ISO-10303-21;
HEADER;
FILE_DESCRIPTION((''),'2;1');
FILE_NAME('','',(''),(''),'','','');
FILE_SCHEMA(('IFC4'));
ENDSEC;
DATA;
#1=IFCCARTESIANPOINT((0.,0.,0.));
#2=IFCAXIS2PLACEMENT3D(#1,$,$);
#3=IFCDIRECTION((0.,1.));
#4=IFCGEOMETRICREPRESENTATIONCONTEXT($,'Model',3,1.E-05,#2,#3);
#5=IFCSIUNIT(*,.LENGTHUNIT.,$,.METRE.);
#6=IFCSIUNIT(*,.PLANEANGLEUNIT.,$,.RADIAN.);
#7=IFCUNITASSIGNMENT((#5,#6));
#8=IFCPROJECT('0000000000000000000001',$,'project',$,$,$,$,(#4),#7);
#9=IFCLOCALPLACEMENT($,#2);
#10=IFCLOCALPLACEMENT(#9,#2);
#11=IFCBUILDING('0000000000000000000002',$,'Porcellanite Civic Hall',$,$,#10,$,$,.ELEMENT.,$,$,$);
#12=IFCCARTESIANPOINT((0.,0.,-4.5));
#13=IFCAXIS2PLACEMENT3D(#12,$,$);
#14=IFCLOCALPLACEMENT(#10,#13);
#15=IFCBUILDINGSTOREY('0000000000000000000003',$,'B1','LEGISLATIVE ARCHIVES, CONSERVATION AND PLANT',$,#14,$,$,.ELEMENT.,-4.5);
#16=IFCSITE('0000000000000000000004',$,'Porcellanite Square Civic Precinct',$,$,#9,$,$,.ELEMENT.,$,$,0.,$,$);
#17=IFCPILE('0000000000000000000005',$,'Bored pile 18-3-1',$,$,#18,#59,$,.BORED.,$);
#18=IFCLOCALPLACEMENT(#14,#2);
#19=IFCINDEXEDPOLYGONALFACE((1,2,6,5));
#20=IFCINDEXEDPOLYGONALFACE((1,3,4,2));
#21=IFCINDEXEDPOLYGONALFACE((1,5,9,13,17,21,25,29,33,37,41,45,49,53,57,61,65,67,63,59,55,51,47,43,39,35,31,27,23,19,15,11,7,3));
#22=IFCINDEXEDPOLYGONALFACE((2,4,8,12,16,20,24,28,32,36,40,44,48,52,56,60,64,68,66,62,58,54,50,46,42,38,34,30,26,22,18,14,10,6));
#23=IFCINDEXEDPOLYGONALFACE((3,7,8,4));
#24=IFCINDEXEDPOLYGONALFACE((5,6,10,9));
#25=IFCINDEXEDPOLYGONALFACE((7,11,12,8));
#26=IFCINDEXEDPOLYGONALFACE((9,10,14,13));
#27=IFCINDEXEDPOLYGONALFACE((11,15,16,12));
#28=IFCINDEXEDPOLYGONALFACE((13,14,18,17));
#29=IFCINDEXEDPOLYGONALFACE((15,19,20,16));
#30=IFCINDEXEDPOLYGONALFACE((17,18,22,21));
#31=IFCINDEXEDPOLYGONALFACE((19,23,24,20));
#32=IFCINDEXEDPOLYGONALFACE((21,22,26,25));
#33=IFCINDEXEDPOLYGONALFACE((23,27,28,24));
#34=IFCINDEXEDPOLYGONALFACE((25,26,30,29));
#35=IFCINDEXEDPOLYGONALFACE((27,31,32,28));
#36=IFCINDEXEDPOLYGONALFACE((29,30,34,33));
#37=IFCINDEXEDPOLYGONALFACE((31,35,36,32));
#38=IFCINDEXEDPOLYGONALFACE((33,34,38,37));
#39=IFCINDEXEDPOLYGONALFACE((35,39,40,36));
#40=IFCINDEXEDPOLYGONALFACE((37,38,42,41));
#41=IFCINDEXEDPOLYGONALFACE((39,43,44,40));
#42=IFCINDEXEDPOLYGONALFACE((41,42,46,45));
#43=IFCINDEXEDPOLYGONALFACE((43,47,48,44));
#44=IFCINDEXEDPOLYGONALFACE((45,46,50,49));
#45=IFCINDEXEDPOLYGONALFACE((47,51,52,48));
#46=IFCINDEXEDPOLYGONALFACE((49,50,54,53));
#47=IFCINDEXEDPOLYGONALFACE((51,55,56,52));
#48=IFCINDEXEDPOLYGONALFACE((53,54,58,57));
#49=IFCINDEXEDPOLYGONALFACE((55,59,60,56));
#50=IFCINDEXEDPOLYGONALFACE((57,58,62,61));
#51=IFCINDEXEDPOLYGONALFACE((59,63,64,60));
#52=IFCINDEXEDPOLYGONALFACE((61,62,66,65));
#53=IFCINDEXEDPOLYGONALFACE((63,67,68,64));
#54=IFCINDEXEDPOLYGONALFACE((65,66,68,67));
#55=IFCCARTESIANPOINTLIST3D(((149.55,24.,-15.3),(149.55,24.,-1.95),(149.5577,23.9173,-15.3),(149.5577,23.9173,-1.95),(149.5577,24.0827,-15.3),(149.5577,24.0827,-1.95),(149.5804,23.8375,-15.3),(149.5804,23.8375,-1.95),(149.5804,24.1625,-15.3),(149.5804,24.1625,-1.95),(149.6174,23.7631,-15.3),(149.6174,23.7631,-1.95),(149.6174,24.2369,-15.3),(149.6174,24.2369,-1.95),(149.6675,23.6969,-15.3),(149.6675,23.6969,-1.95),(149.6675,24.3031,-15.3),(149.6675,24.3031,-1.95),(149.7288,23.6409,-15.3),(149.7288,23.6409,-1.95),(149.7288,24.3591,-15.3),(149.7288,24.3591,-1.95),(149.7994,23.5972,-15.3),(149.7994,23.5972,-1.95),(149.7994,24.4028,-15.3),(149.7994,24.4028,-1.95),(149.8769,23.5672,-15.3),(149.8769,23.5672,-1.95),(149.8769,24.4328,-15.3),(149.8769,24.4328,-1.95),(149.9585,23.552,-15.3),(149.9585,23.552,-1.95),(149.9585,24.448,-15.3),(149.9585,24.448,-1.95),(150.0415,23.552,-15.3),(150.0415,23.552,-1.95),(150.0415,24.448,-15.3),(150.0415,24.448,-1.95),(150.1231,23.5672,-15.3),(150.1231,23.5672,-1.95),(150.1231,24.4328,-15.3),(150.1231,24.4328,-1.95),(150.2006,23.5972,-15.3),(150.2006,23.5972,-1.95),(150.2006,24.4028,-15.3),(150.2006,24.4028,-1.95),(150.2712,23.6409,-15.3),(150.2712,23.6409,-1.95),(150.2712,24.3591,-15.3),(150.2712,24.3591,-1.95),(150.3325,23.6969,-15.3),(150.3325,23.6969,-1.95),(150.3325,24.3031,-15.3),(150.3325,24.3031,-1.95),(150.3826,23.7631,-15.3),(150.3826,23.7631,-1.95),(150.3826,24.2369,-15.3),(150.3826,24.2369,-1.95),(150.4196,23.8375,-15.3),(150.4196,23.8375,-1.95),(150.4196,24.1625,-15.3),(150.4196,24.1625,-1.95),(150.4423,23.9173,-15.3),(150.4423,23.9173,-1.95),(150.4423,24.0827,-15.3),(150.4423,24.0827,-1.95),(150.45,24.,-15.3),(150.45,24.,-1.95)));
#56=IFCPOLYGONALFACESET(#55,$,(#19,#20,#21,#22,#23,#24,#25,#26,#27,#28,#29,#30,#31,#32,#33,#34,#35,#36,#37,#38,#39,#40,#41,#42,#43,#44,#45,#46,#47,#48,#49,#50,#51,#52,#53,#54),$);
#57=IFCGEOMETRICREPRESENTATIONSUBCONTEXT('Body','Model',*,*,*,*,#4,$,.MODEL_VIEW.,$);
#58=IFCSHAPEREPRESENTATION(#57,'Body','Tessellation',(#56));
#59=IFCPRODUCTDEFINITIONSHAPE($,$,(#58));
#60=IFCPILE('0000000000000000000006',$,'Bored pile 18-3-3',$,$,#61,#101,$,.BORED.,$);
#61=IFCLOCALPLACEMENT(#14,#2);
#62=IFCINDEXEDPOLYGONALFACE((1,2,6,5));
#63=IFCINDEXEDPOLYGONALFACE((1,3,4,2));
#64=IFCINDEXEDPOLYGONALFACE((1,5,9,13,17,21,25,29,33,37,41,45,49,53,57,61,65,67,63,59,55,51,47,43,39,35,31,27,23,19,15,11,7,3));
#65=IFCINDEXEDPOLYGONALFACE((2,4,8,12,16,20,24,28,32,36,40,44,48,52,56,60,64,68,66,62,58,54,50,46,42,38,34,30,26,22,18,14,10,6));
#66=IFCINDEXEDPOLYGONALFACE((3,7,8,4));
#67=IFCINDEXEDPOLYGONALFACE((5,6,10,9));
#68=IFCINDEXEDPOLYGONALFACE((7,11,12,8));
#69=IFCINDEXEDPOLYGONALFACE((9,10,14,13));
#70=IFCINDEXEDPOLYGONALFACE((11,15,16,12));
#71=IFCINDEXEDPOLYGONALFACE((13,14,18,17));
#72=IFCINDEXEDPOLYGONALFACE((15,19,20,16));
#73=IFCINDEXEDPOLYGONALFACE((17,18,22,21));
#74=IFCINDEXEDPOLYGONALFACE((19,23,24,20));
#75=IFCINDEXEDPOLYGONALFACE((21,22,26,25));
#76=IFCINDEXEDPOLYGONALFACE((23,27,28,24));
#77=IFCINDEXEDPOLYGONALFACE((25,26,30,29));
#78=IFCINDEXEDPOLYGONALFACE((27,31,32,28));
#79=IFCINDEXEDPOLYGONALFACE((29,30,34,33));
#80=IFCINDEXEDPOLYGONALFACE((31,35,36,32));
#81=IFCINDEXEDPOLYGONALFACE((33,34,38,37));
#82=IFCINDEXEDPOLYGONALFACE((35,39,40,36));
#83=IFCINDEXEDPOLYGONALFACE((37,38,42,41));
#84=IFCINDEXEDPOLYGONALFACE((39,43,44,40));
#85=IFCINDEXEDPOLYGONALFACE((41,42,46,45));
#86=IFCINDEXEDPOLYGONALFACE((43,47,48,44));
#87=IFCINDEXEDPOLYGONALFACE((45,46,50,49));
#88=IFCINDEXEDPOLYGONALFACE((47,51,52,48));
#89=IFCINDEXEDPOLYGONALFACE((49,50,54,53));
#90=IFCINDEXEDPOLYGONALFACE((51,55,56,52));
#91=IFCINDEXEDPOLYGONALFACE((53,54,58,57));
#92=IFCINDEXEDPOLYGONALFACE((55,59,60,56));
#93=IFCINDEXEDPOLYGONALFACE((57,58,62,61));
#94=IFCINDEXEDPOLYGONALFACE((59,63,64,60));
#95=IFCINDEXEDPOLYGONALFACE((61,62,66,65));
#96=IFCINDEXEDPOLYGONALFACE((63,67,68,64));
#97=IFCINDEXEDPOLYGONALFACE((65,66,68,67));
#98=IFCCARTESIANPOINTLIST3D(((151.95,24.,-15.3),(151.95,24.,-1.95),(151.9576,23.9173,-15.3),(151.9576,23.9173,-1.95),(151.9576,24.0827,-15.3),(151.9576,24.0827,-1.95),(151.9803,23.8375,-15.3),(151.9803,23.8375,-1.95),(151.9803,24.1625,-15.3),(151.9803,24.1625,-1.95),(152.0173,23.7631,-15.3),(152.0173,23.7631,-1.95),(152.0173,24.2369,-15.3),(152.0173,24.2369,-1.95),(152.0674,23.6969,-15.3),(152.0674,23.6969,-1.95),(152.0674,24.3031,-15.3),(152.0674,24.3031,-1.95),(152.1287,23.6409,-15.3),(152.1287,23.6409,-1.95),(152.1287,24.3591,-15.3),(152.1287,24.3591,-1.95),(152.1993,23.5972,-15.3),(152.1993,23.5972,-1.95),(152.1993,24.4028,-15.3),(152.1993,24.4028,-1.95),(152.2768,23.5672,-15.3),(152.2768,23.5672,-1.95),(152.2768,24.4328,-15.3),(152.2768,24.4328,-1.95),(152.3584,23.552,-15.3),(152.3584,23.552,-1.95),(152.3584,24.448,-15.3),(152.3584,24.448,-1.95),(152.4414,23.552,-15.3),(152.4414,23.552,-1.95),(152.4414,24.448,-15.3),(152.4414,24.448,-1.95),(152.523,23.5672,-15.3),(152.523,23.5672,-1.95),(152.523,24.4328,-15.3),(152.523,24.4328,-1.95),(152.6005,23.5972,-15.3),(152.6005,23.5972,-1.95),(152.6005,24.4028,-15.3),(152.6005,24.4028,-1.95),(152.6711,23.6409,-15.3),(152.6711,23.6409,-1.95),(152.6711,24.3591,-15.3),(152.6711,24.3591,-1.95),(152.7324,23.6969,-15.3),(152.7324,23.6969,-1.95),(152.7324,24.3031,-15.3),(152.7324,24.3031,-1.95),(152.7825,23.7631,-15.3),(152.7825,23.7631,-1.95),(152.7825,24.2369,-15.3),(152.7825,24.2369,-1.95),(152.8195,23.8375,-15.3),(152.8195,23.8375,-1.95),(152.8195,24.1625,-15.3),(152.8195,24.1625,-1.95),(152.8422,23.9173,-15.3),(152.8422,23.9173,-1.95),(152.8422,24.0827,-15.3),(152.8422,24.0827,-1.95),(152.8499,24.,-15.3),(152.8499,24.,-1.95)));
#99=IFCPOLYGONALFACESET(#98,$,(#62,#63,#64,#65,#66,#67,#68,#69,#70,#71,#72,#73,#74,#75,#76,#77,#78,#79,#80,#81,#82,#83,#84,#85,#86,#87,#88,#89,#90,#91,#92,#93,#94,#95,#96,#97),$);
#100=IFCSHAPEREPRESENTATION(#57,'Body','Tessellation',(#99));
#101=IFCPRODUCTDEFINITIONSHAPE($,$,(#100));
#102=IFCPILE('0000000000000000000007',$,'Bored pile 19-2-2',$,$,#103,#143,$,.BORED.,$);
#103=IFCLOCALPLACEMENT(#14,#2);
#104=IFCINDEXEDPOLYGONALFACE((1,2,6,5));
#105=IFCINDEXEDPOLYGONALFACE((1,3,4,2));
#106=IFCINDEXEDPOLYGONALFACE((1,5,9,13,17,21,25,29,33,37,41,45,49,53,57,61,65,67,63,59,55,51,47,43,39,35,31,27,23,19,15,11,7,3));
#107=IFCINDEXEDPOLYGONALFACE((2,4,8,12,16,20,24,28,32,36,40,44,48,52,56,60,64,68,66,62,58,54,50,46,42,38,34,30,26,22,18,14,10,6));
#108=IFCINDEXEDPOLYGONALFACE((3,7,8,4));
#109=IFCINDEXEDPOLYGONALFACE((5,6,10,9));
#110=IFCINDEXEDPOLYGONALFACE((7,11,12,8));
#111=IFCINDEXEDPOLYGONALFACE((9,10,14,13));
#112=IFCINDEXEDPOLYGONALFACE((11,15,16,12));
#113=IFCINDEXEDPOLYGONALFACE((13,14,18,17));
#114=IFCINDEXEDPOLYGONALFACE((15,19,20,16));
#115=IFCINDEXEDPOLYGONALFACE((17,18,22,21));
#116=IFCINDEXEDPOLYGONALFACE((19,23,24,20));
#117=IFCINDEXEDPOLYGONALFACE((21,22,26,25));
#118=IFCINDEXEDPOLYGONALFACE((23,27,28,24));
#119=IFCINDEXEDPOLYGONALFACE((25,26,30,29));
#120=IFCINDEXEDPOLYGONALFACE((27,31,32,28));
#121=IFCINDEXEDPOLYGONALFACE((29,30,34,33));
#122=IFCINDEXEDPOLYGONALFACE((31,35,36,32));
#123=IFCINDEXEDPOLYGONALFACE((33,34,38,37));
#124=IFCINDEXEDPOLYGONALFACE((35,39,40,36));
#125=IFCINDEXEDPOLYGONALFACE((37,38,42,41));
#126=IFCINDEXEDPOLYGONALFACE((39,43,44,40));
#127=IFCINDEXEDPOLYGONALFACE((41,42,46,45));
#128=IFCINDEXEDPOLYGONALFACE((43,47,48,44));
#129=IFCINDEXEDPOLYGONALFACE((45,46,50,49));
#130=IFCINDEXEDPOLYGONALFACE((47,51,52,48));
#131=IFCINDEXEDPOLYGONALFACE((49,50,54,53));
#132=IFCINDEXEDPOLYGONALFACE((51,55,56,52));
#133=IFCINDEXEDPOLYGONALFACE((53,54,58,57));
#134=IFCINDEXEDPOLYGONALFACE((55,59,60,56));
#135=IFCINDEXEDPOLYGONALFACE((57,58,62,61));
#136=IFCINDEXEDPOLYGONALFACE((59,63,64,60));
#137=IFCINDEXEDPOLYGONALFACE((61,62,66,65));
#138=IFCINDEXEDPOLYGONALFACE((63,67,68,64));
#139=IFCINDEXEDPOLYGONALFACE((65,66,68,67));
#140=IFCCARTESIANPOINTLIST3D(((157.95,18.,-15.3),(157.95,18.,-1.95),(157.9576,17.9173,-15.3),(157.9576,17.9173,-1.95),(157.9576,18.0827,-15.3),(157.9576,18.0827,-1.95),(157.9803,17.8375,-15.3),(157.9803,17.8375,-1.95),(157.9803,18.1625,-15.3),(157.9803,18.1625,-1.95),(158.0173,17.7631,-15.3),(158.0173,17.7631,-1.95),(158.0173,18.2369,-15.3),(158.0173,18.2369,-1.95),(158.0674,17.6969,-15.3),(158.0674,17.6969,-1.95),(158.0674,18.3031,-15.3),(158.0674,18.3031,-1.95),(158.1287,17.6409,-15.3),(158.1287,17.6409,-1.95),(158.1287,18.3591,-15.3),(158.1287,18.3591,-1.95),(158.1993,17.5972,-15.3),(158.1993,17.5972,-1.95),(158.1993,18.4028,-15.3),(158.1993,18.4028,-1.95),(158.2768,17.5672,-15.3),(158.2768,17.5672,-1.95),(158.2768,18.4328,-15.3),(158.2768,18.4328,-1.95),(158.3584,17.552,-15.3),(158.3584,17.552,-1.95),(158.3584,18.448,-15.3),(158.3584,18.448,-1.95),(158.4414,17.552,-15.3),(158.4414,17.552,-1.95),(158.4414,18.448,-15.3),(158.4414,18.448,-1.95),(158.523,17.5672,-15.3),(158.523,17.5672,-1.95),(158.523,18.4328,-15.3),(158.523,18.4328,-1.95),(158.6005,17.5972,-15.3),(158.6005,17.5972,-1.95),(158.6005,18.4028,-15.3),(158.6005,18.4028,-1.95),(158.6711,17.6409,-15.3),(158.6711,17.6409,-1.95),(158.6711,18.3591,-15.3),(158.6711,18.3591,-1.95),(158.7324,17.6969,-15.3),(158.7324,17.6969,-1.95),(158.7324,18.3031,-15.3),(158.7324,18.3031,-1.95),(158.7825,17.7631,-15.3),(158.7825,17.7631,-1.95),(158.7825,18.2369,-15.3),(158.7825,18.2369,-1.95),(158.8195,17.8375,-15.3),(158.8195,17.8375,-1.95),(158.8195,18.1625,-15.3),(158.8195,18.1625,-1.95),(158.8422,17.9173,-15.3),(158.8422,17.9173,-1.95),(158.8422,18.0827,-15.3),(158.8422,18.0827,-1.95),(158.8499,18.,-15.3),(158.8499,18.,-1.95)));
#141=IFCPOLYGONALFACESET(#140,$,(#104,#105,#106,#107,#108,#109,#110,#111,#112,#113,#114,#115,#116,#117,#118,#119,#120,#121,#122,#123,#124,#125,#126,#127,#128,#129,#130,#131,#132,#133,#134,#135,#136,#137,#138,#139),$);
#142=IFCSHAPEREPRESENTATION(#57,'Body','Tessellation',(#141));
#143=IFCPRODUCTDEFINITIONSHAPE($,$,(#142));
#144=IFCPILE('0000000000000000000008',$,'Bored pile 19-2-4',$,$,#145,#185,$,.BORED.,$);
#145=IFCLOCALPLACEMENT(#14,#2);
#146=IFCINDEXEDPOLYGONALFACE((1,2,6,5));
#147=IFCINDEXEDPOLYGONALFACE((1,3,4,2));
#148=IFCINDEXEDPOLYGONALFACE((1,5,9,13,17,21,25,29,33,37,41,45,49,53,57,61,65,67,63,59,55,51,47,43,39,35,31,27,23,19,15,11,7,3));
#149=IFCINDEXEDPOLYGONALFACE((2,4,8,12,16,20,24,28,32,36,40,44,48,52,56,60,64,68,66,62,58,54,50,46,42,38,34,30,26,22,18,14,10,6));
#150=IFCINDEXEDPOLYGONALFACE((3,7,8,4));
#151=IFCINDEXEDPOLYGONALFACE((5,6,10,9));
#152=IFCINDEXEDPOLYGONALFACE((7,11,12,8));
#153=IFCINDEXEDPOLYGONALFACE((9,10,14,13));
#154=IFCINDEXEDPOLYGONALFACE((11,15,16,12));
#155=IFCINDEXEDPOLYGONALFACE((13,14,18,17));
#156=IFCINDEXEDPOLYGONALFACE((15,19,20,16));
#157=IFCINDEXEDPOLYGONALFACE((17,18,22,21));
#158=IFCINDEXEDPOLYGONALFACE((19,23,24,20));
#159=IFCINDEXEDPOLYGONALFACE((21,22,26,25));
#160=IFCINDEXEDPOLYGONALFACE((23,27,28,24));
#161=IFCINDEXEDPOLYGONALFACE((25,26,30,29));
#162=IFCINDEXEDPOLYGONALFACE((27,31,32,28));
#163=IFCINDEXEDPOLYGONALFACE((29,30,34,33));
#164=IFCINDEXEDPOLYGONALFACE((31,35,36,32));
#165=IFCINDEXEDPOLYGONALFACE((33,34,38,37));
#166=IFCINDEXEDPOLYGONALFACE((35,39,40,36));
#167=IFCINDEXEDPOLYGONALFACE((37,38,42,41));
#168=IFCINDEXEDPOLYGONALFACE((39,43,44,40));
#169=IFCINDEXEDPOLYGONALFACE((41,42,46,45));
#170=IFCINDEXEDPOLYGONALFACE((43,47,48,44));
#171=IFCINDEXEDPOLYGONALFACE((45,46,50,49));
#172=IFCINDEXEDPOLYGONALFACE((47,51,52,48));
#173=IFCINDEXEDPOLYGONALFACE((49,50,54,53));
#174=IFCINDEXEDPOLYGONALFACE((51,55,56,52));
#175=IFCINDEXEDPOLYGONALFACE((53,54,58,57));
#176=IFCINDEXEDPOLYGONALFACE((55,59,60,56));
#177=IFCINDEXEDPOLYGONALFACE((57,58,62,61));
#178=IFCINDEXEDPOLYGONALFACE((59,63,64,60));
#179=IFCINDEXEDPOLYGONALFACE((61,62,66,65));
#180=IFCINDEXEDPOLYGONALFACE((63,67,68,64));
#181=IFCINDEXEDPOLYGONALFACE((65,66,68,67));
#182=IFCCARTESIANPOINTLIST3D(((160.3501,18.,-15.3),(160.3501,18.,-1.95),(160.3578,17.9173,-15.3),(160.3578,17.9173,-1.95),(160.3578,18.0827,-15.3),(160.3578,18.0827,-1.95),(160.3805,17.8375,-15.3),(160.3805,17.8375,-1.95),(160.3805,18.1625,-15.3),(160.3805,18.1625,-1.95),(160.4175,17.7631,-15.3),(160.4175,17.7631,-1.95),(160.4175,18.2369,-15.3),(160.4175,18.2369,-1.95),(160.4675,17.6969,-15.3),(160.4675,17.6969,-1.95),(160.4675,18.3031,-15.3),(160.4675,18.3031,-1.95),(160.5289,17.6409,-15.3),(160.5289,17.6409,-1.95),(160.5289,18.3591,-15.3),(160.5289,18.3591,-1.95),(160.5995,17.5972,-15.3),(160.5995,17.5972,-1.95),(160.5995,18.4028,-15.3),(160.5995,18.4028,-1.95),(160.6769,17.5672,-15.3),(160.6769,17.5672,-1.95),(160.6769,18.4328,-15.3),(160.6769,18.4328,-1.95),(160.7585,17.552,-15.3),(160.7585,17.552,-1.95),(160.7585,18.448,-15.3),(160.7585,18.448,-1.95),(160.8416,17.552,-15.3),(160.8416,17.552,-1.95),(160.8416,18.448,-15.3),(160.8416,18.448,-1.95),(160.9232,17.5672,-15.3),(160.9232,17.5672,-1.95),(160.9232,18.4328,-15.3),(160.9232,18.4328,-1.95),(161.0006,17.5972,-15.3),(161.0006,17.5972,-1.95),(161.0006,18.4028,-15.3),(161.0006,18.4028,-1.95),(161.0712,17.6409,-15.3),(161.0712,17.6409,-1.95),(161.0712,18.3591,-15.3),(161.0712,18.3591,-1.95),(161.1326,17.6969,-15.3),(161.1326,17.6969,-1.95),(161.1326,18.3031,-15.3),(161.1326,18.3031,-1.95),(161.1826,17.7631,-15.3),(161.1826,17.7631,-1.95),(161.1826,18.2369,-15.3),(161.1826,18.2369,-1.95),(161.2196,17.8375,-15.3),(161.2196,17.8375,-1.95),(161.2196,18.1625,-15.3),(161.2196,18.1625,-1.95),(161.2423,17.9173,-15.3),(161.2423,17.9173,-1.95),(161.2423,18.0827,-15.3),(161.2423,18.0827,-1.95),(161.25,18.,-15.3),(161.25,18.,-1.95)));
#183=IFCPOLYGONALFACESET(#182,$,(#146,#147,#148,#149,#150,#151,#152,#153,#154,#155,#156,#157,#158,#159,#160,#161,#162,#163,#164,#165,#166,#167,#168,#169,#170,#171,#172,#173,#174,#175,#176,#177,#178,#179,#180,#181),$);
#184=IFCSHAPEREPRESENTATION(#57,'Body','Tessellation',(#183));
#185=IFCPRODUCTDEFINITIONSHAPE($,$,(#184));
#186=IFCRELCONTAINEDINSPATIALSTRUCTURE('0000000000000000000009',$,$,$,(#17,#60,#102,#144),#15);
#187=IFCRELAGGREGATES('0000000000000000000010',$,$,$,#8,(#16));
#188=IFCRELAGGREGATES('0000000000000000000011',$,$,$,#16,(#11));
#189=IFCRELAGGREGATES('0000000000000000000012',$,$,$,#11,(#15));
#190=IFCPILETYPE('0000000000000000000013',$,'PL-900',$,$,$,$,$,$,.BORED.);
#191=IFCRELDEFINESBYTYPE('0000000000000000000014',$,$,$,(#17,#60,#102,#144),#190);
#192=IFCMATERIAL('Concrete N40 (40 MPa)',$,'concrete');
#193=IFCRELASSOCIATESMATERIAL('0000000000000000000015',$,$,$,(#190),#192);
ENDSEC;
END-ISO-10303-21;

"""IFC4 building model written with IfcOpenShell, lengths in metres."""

from ifc_helpers import new_model, si_unit, direction, frame, origin, origin_2d, place, context, subcontext, project, spatial, circle, extrude, material, material_profile, profile_set, type_object, element, save


model = new_model("IFC4")

# Units and contexts
model_context = context("Model", 3, precision=1e-05, world=origin(), true_north=direction((0.0, 1.0)))
body_context = subcontext(model_context, "Body", "Model", "MODEL_VIEW")
ifc_project = project(units=[si_unit("LENGTHUNIT", "METRE"), si_unit("PLANEANGLEUNIT", "RADIAN")], contexts=[model_context])

# Site, building, storey
site_placement = place(None, origin())
site = spatial("IfcSite", under=ifc_project, at=site_placement, Name="Porcellanite Square Civic Precinct", CompositionType="ELEMENT", RefElevation=0.0)
building_placement = place(site_placement, origin())
building = spatial("IfcBuilding", under=site, at=building_placement, Name="Porcellanite Civic Hall", CompositionType="ELEMENT")
storey_placement = place(building_placement, frame((0.0, 0.0, -4.5)))
storey = spatial("IfcBuildingStorey", under=building, at=storey_placement, Name="B1", Description="LEGISLATIVE ARCHIVES, CONSERVATION AND PLANT", CompositionType="ELEMENT", Elevation=-4.5)

# Piles
ifc_material_1 = material(Name="Concrete N40 (40 MPa)", Category="concrete")
ifc_material_profile_1 = material_profile(ifc_material_1, circle(Radius=0.45, at=origin_2d()), Name="PILE-D900")
ifc_profile_set_1 = profile_set([ifc_material_profile_1], Name="Concrete N40 (40 MPa)")
pile_type = type_object("IfcPileType", Name="PL-900", PredefinedType="BORED", material=ifc_profile_set_1)
for number, where, z_axis, x_axis, name in (
    (1, (150.0, 24.0, -1.95), (0.0, 0.0, -1.0), (1.0, 0.0, 0.0), "Bored pile 18-3-1"),
    (2, (152.3999, 24.0, -1.95), (0.0, 0.0, -1.0), (1.0, 0.0, 0.0), "Bored pile 18-3-3"),
    (3, (158.3999, 18.0, -1.95), (0.0, 0.0, -1.0), (1.0, 0.0, 0.0), "Bored pile 19-2-2"),
    (4, (160.8, 18.0, -1.95), (0.0, 0.0, -1.0), (1.0, 0.0, 0.0), "Bored pile 19-2-4"),
):
    element("IfcPile", number, at=place(storey_placement, frame(where, z_axis=z_axis, x_axis=x_axis)), inside=storey, type_object=pile_type, Name=name, PredefinedType="BORED", context=body_context, shape_type="SweptSolid", body=[
        extrude(circle(Radius=0.45, at=origin_2d()), origin(), (0.0, 0.0, 1.0), 13.3501),
    ])

save(model, "model.ifc")
